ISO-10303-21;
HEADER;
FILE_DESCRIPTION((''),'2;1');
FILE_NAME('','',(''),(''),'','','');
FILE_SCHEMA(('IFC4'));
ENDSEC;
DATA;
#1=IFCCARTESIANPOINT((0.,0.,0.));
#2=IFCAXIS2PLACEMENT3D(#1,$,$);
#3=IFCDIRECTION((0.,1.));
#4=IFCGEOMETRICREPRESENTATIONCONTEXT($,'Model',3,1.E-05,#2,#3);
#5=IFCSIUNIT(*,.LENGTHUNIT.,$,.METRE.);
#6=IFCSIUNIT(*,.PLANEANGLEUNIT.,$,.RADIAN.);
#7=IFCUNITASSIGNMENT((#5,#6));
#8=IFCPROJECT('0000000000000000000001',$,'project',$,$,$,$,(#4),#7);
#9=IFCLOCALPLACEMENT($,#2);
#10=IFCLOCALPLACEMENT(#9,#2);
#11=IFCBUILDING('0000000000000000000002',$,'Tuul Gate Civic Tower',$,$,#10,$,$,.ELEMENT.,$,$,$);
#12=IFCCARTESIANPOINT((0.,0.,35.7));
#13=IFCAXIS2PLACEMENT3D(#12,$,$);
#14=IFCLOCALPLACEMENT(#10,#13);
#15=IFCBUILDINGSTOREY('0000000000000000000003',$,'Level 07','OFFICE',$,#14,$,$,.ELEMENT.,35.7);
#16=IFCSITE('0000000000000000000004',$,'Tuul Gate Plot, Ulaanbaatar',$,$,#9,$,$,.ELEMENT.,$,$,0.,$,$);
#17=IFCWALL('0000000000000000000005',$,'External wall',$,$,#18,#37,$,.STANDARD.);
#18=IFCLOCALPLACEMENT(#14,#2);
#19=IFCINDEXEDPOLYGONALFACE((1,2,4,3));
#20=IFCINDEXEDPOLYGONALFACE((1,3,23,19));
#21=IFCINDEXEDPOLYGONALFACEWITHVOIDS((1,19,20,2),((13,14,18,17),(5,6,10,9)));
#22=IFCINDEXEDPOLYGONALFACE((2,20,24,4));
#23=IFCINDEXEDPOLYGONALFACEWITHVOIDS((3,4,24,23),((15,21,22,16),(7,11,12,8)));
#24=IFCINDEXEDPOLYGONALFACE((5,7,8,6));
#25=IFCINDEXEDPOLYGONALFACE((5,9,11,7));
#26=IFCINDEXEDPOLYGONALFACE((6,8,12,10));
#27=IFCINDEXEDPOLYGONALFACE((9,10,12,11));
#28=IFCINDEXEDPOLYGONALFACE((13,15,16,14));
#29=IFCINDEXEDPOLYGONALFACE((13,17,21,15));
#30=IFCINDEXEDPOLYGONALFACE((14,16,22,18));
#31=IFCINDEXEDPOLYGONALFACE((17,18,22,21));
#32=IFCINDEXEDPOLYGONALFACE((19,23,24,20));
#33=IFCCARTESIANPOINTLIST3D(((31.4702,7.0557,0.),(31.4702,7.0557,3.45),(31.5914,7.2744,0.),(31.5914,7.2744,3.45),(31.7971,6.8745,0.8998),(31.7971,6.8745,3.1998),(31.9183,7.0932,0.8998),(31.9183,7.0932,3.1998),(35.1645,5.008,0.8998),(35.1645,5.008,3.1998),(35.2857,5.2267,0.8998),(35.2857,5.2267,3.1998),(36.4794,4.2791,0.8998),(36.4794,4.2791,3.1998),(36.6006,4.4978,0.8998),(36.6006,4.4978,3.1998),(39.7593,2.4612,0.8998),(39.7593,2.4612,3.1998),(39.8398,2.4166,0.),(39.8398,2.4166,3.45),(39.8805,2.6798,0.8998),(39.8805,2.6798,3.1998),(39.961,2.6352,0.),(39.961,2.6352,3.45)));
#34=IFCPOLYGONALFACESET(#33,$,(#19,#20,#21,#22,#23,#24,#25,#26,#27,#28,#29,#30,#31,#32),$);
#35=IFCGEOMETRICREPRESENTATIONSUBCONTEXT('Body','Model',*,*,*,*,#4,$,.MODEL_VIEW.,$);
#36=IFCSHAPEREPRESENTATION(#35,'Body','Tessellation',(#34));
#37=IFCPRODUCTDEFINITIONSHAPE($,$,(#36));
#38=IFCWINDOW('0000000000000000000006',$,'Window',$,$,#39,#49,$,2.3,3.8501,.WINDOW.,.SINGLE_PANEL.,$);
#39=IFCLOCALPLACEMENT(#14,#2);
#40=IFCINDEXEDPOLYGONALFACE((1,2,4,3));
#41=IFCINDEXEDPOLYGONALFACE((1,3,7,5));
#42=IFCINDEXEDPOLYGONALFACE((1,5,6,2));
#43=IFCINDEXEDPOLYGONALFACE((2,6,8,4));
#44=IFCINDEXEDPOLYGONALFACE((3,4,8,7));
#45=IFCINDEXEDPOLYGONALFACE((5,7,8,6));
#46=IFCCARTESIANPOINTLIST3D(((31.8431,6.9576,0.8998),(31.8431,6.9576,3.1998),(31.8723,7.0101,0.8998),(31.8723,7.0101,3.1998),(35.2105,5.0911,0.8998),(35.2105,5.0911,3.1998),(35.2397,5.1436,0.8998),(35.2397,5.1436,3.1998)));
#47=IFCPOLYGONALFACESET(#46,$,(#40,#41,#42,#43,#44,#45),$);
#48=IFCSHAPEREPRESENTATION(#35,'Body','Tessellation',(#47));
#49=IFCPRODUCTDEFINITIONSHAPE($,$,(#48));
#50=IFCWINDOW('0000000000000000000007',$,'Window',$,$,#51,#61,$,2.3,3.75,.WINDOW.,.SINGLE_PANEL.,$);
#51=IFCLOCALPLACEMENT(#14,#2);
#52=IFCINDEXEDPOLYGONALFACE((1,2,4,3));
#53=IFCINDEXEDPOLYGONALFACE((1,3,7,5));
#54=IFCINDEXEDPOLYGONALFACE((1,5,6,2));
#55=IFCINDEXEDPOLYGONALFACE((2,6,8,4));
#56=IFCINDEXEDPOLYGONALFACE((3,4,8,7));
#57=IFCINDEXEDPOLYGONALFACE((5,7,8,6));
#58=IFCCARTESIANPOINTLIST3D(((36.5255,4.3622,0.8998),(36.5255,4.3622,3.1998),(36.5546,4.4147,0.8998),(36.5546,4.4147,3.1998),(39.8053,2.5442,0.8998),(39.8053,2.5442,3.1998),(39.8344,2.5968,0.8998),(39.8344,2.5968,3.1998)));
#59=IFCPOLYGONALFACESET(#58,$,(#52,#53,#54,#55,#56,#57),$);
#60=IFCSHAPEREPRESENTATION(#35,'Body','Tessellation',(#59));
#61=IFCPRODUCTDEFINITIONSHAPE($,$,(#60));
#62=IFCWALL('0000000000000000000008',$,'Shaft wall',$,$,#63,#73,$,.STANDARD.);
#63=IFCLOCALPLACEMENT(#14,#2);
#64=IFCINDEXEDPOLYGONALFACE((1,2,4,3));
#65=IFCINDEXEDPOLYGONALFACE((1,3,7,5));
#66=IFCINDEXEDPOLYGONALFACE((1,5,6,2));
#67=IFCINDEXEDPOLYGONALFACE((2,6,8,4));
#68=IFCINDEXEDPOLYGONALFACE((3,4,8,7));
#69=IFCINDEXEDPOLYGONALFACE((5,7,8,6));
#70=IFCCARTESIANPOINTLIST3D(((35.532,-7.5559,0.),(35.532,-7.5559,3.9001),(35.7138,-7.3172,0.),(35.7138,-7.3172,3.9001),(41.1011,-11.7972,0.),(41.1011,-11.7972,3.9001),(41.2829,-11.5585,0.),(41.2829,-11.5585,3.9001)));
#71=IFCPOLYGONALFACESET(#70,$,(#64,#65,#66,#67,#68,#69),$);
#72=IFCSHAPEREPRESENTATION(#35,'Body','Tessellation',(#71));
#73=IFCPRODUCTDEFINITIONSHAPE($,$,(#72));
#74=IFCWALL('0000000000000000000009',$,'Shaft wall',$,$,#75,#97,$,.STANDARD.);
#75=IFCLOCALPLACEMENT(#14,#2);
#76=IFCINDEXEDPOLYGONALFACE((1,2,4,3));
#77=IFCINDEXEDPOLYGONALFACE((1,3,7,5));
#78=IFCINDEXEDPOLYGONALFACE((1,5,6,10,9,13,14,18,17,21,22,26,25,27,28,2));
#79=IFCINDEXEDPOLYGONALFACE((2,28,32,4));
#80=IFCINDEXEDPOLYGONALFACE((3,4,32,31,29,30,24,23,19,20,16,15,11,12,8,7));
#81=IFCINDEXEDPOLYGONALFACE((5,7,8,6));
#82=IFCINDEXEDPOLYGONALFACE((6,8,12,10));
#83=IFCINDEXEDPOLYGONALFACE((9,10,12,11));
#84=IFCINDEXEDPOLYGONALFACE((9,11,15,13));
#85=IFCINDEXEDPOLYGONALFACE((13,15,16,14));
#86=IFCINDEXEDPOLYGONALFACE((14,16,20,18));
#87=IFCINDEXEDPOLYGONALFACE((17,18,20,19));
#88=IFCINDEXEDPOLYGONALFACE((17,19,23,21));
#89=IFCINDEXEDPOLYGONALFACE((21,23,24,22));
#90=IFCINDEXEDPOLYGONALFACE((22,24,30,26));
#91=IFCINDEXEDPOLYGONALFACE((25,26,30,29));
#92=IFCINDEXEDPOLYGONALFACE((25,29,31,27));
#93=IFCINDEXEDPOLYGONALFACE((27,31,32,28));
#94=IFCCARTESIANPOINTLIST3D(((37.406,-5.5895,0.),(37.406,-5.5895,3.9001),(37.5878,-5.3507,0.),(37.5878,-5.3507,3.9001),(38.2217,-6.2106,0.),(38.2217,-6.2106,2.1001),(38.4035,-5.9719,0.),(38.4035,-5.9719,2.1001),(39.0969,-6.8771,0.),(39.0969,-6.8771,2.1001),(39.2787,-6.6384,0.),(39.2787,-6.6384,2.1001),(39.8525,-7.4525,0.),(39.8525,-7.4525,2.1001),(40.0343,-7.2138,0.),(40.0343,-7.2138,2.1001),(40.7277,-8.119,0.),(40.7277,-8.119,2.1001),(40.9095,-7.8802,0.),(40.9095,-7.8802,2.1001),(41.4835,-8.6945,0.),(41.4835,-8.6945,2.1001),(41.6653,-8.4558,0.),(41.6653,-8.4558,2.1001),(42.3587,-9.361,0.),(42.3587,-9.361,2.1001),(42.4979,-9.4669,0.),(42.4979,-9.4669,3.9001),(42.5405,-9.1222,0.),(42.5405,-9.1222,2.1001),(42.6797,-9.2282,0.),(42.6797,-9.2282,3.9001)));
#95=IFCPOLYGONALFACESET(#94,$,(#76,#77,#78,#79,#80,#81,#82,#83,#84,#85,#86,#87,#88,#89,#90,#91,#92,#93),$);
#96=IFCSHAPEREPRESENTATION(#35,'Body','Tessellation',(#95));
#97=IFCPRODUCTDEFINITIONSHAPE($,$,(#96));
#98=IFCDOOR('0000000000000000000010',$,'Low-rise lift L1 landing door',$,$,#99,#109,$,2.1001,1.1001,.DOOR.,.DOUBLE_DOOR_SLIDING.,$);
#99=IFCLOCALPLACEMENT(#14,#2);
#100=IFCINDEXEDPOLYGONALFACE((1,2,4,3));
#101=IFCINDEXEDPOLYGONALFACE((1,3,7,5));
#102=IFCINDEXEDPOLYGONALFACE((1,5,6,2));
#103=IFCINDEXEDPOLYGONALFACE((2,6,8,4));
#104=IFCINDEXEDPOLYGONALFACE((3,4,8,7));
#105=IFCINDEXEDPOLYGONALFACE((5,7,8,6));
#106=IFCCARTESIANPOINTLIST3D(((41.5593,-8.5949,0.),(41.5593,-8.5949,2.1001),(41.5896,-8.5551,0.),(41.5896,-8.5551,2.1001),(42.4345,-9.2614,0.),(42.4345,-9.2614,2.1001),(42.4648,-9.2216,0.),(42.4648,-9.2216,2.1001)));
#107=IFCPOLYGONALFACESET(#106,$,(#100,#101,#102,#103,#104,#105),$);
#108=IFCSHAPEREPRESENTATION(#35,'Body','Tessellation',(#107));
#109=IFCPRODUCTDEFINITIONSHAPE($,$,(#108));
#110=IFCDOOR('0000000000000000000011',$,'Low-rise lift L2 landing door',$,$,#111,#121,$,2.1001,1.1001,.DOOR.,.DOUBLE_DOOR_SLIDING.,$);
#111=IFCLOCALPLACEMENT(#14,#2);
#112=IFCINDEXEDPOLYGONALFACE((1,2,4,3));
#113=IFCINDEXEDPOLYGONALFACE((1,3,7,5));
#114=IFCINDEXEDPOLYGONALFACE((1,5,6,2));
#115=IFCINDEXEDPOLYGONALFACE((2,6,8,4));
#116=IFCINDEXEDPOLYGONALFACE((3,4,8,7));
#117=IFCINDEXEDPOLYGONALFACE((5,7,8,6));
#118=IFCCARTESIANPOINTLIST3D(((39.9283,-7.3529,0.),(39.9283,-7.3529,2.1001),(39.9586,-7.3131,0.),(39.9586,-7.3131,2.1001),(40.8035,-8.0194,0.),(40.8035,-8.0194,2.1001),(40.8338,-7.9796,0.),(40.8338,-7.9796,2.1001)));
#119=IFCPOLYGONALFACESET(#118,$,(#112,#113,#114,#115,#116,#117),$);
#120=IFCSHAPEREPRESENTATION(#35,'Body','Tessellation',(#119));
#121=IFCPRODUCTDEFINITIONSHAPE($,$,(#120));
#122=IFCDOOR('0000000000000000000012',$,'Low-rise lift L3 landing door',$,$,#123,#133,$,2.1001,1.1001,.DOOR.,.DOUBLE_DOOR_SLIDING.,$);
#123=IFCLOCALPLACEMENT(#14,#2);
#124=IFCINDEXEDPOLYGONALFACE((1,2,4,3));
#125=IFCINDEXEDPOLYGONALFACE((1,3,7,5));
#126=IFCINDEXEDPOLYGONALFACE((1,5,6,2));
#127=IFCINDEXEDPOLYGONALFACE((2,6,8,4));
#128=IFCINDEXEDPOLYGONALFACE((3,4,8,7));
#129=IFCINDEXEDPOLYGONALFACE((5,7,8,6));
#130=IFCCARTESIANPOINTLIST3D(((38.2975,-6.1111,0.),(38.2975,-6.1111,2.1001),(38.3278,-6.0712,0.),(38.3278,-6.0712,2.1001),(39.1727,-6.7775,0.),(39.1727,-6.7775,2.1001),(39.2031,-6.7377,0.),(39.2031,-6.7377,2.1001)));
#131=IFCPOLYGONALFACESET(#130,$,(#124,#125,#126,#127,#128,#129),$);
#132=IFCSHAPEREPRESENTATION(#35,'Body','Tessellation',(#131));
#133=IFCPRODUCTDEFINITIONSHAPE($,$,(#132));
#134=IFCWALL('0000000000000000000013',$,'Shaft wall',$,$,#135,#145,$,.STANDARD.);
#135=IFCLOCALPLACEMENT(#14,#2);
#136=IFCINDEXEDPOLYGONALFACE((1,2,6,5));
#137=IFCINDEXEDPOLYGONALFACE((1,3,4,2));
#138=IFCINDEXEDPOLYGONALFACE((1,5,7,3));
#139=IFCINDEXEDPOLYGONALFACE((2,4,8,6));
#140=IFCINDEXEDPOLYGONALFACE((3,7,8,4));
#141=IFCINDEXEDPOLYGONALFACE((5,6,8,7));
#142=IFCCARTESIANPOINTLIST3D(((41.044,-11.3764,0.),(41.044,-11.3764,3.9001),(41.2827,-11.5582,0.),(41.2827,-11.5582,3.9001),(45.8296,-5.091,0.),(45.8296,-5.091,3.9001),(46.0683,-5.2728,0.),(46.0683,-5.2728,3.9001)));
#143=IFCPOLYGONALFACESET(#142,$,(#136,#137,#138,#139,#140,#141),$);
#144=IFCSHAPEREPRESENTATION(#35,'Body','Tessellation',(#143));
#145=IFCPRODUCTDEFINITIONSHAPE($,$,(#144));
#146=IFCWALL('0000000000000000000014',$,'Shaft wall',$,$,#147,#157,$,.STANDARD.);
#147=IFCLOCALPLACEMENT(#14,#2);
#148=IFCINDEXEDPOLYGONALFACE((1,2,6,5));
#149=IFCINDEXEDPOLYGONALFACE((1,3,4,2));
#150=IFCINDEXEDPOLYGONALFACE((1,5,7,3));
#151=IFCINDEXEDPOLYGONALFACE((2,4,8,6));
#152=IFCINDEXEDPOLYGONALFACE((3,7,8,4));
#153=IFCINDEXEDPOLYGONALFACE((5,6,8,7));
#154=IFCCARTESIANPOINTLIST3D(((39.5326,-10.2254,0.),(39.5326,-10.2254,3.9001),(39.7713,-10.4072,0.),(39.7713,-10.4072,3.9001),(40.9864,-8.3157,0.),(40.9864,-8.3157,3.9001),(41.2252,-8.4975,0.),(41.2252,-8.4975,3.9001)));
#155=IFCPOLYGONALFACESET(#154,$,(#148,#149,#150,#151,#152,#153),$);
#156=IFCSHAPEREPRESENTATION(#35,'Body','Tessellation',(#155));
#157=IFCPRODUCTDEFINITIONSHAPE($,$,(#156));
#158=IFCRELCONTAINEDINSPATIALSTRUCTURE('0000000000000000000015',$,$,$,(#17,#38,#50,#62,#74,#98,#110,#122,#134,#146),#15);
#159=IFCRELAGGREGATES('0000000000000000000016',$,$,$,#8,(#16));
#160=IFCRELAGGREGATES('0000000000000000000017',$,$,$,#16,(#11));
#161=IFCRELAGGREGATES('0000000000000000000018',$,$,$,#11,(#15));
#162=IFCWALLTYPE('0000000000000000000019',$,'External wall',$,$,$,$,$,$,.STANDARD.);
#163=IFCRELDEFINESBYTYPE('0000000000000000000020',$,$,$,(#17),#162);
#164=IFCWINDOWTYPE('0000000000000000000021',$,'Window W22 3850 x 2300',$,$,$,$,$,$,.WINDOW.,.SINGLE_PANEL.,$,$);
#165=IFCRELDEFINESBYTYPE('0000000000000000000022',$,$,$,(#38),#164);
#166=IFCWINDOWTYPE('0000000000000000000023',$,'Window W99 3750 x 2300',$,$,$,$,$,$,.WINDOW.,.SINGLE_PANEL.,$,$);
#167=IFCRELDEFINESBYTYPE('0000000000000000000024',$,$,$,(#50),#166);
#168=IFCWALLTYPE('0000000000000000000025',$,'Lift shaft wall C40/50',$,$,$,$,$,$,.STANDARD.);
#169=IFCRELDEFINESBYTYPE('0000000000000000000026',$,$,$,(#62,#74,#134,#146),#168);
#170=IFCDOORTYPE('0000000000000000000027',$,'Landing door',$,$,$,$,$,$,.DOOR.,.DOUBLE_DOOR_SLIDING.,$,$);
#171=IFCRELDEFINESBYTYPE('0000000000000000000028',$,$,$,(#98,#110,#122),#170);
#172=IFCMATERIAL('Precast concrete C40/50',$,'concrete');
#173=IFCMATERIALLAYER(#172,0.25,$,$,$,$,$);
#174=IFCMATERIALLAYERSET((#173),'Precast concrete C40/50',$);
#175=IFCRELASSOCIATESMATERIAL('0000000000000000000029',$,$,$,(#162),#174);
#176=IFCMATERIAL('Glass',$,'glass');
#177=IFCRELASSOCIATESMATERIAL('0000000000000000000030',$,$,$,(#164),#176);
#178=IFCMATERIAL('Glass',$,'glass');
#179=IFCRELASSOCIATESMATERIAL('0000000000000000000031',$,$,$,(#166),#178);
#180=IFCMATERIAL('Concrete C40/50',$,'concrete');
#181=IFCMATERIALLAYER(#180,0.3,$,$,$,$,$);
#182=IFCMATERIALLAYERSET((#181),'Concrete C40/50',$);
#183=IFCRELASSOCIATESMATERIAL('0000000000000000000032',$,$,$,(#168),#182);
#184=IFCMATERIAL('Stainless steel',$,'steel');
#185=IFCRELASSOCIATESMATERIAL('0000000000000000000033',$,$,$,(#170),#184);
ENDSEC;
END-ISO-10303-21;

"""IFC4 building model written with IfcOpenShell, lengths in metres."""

from ifc_helpers import new_model, si_unit, direction, frame, frame_2d, origin, place, context, subcontext, project, spatial, rectangle, extrude, material, layer, layer_set, type_object, element, fill, save


model = new_model("IFC4")

# Units and contexts
model_context = context("Model", 3, precision=1e-05, world=origin(), true_north=direction((0.0, 1.0)))
body_context = subcontext(model_context, "Body", "Model", "MODEL_VIEW")
ifc_project = project(units=[si_unit("LENGTHUNIT", "METRE"), si_unit("PLANEANGLEUNIT", "RADIAN")], contexts=[model_context])

# Site, building, storey
site_placement = place(None, origin())
site = spatial("IfcSite", under=ifc_project, at=site_placement, Name="Tuul Gate Plot, Ulaanbaatar", CompositionType="ELEMENT", RefElevation=0.0)
building_placement = place(site_placement, origin())
building = spatial("IfcBuilding", under=site, at=building_placement, Name="Tuul Gate Civic Tower", CompositionType="ELEMENT")
storey_placement = place(building_placement, frame((0.0, 0.0, 35.7)))
storey = spatial("IfcBuildingStorey", under=building, at=storey_placement, Name="Level 07", Description="OFFICE", CompositionType="ELEMENT", Elevation=35.7)

# Wall, openings, windows
ifc_material_1 = material(Name="Precast concrete C40/50", Category="concrete")
ifc_layer_1 = layer(ifc_material_1, 0.25)
ifc_layer_set_1 = layer_set([ifc_layer_1], Name="Precast concrete C40/50")
wall_type_1 = type_object("IfcWallType", Name="External wall", PredefinedType="STANDARD", material=ifc_layer_set_1)
wall_1_placement = place(storey_placement, frame((39.9004, 2.5259, 0.0), z_axis=(0.0, 0.0, 1.0), x_axis=(-0.874629, 0.484794, 0.0)))
wall_1 = element("IfcWall", 1, at=wall_1_placement, inside=storey, type_object=wall_type_1, Name="External wall", PredefinedType="STANDARD", context=body_context, shape_type="SweptSolid", body=[
    extrude(rectangle(XDim=9.5693, YDim=0.25, at=frame_2d((4.7847, 0.0))), origin(), (0.0, 0.0, 1.0), 3.45),
])
opening_1_placement = place(wall_1_placement, frame((0.092, 0.0, 0.8999)))
opening_1 = element("IfcOpeningElement", 2, at=opening_1_placement, cuts=wall_1, PredefinedType="OPENING", context=body_context, shape_type="SweptSolid", body=[
    extrude(rectangle(XDim=3.75, YDim=2.3, at=frame_2d((1.875, 1.1499))), frame((0.0, 0.135, 0.0), z_axis=(0.0, -1.0, 0.0), x_axis=(1.0, 0.0, 0.0)), (0.0, 0.0, 1.0), 0.27),
])
opening_2_placement = place(wall_1_placement, frame((5.3455, 0.0, 0.8999)))
opening_2 = element("IfcOpeningElement", 3, at=opening_2_placement, cuts=wall_1, PredefinedType="OPENING", context=body_context, shape_type="SweptSolid", body=[
    extrude(rectangle(XDim=3.8501, YDim=2.3, at=frame_2d((1.925, 1.1499))), frame((0.0, 0.135, 0.0), z_axis=(0.0, -1.0, 0.0), x_axis=(1.0, 0.0, 0.0)), (0.0, 0.0, 1.0), 0.27),
])
ifc_material_2 = material(Name="Glass", Category="glass")
window_type_1 = type_object("IfcWindowType", Name="Window W22 3850 x 2300", PartitioningType="SINGLE_PANEL", PredefinedType="WINDOW", material=ifc_material_2)
window_1_placement = place(opening_2_placement, origin())
window_1 = element("IfcWindow", 4, at=window_1_placement, inside=storey, type_object=window_type_1, Name="Window", OverallHeight=2.3, OverallWidth=3.8501, PartitioningType="SINGLE_PANEL", PredefinedType="WINDOW", context=body_context, shape_type="SweptSolid", body=[
    extrude(rectangle(XDim=3.8501, YDim=2.3, at=frame_2d((1.925, 1.1499))), frame((0.0, 0.03, 0.0), z_axis=(0.0, -1.0, 0.0), x_axis=(1.0, 0.0, 0.0)), (0.0, 0.0, 1.0), 0.0601),
])
fill(opening_2, window_1)
ifc_material_3 = material(Name="Glass", Category="glass")
window_type_2 = type_object("IfcWindowType", Name="Window W99 3750 x 2300", PartitioningType="SINGLE_PANEL", PredefinedType="WINDOW", material=ifc_material_3)
window_2_placement = place(opening_1_placement, origin())
window_2 = element("IfcWindow", 5, at=window_2_placement, inside=storey, type_object=window_type_2, Name="Window", OverallHeight=2.3, OverallWidth=3.75, PartitioningType="SINGLE_PANEL", PredefinedType="WINDOW", context=body_context, shape_type="SweptSolid", body=[
    extrude(rectangle(XDim=3.75, YDim=2.3, at=frame_2d((1.875, 1.1499))), frame((0.0, 0.03, 0.0), z_axis=(0.0, -1.0, 0.0), x_axis=(1.0, 0.0, 0.0)), (0.0, 0.0, 1.0), 0.0601),
])
fill(opening_1, window_2)

# Wall
ifc_material_4 = material(Name="Concrete C40/50", Category="concrete")
ifc_layer_2 = layer(ifc_material_4, 0.3)
ifc_layer_set_2 = layer_set([ifc_layer_2], Name="Concrete C40/50")
wall_type_2 = type_object("IfcWallType", Name="Lift shaft wall C40/50", PredefinedType="STANDARD", material=ifc_layer_set_2)
wall_2_placement = place(storey_placement, frame((41.1919, -11.6777, 0.0), z_axis=(0.0, 0.0, 1.0), x_axis=(-0.795563, 0.605871, 0.0)))
element("IfcWall", 6, at=wall_2_placement, inside=storey, type_object=wall_type_2, Name="Shaft wall", PredefinedType="STANDARD", context=body_context, shape_type="SweptSolid", body=[
    extrude(rectangle(XDim=7.0002, YDim=0.3, at=frame_2d((3.5, 0.0))), origin(), (0.0, 0.0, 1.0), 3.9001),
])

# Wall, openings, doors
wall_3_placement = place(storey_placement, frame((42.5889, -9.3477, 0.0), z_axis=(0.0, 0.0, 1.0), x_axis=(-0.795584, 0.605843, 0.0)))
wall_3 = element("IfcWall", 7, at=wall_3_placement, inside=storey, type_object=wall_type_2, Name="Shaft wall", PredefinedType="STANDARD", context=body_context, shape_type="SweptSolid", body=[
    extrude(rectangle(XDim=6.4001, YDim=0.3, at=frame_2d((3.2002, 0.0))), origin(), (0.0, 0.0, 1.0), 3.9001),
])
opening_3_placement = place(wall_3_placement, frame((0.175, 0.0, 0.0)))
opening_3 = element("IfcOpeningElement", 8, at=opening_3_placement, cuts=wall_3, PredefinedType="OPENING", context=body_context, shape_type="SweptSolid", body=[
    extrude(rectangle(XDim=1.1001, YDim=2.1001, at=frame_2d((0.55, 1.05))), frame((0.0, 0.1602, 0.0), z_axis=(0.0, -1.0, 0.0), x_axis=(1.0, 0.0, 0.0)), (0.0, 0.0, 1.0), 0.3201),
])
opening_4_placement = place(wall_3_placement, frame((2.2251, 0.0, 0.0)))
opening_4 = element("IfcOpeningElement", 9, at=opening_4_placement, cuts=wall_3, PredefinedType="OPENING", context=body_context, shape_type="SweptSolid", body=[
    extrude(rectangle(XDim=1.1001, YDim=2.1001, at=frame_2d((0.55, 1.05))), frame((0.0, 0.1602, 0.0), z_axis=(0.0, -1.0, 0.0), x_axis=(1.0, 0.0, 0.0)), (0.0, 0.0, 1.0), 0.3201),
])
opening_5_placement = place(wall_3_placement, frame((4.2749, 0.0, 0.0)))
opening_5 = element("IfcOpeningElement", 10, at=opening_5_placement, cuts=wall_3, PredefinedType="OPENING", context=body_context, shape_type="SweptSolid", body=[
    extrude(rectangle(XDim=1.1001, YDim=2.1001, at=frame_2d((0.55, 1.05))), frame((0.0, 0.1602, 0.0), z_axis=(0.0, -1.0, 0.0), x_axis=(1.0, 0.0, 0.0)), (0.0, 0.0, 1.0), 0.3201),
])
ifc_material_5 = material(Name="Stainless steel", Category="steel")
door_type = type_object("IfcDoorType", Name="Landing door", OperationType="DOUBLE_DOOR_SLIDING", PredefinedType="DOOR", material=ifc_material_5)
door_1_placement = place(opening_3_placement, origin())
door_1 = element("IfcDoor", 11, at=door_1_placement, inside=storey, type_object=door_type, Name="Low-rise lift L1 landing door", OperationType="DOUBLE_DOOR_SLIDING", OverallHeight=2.1001, OverallWidth=1.1001, PredefinedType="DOOR", context=body_context, shape_type="SweptSolid", body=[
    extrude(rectangle(XDim=1.1001, YDim=2.1001, at=frame_2d((0.55, 1.05))), frame((0.0, 0.0249, 0.0), z_axis=(0.0, -1.0, 0.0), x_axis=(1.0, 0.0, 0.0)), (0.0, 0.0, 1.0), 0.05),
])
fill(opening_3, door_1)
door_2_placement = place(opening_4_placement, origin())
door_2 = element("IfcDoor", 12, at=door_2_placement, inside=storey, type_object=door_type, Name="Low-rise lift L2 landing door", OperationType="DOUBLE_DOOR_SLIDING", OverallHeight=2.1001, OverallWidth=1.1001, PredefinedType="DOOR", context=body_context, shape_type="SweptSolid", body=[
    extrude(rectangle(XDim=1.1001, YDim=2.1001, at=frame_2d((0.55, 1.05))), frame((0.0, 0.0249, 0.0), z_axis=(0.0, -1.0, 0.0), x_axis=(1.0, 0.0, 0.0)), (0.0, 0.0, 1.0), 0.05),
])
fill(opening_4, door_2)
door_3_placement = place(opening_5_placement, origin())
door_3 = element("IfcDoor", 13, at=door_3_placement, inside=storey, type_object=door_type, Name="Low-rise lift L3 landing door", OperationType="DOUBLE_DOOR_SLIDING", OverallHeight=2.1001, OverallWidth=1.1001, PredefinedType="DOOR", context=body_context, shape_type="SweptSolid", body=[
    extrude(rectangle(XDim=1.1001, YDim=2.1001, at=frame_2d((0.55, 1.05))), frame((0.0, 0.0249, 0.0), z_axis=(0.0, -1.0, 0.0), x_axis=(1.0, 0.0, 0.0)), (0.0, 0.0, 1.0), 0.05),
])
fill(opening_5, door_3)

# Walls
wall_4_placement = place(storey_placement, frame((41.1633, -11.4673, 0.0), z_axis=(0.0, 0.0, 1.0), x_axis=(0.605784, 0.795629, 0.0)))
element("IfcWall", 14, at=wall_4_placement, inside=storey, type_object=wall_type_2, Name="Shaft wall", PredefinedType="STANDARD", context=body_context, shape_type="SweptSolid", body=[
    extrude(rectangle(XDim=7.8999, YDim=0.3, at=frame_2d((3.95, 0.0))), origin(), (0.0, 0.0, 1.0), 3.9001),
])
wall_5_placement = place(storey_placement, frame((39.6519, -10.3164, 0.0), z_axis=(0.0, 0.0, 1.0), x_axis=(0.605746, 0.795658, 0.0)))
element("IfcWall", 15, at=wall_5_placement, inside=storey, type_object=wall_type_2, Name="Shaft wall", PredefinedType="STANDARD", context=body_context, shape_type="SweptSolid", body=[
    extrude(rectangle(XDim=2.4001, YDim=0.3, at=frame_2d((1.2002, 0.0))), origin(), (0.0, 0.0, 1.0), 3.9001),
])

save(model, "model.ifc")
